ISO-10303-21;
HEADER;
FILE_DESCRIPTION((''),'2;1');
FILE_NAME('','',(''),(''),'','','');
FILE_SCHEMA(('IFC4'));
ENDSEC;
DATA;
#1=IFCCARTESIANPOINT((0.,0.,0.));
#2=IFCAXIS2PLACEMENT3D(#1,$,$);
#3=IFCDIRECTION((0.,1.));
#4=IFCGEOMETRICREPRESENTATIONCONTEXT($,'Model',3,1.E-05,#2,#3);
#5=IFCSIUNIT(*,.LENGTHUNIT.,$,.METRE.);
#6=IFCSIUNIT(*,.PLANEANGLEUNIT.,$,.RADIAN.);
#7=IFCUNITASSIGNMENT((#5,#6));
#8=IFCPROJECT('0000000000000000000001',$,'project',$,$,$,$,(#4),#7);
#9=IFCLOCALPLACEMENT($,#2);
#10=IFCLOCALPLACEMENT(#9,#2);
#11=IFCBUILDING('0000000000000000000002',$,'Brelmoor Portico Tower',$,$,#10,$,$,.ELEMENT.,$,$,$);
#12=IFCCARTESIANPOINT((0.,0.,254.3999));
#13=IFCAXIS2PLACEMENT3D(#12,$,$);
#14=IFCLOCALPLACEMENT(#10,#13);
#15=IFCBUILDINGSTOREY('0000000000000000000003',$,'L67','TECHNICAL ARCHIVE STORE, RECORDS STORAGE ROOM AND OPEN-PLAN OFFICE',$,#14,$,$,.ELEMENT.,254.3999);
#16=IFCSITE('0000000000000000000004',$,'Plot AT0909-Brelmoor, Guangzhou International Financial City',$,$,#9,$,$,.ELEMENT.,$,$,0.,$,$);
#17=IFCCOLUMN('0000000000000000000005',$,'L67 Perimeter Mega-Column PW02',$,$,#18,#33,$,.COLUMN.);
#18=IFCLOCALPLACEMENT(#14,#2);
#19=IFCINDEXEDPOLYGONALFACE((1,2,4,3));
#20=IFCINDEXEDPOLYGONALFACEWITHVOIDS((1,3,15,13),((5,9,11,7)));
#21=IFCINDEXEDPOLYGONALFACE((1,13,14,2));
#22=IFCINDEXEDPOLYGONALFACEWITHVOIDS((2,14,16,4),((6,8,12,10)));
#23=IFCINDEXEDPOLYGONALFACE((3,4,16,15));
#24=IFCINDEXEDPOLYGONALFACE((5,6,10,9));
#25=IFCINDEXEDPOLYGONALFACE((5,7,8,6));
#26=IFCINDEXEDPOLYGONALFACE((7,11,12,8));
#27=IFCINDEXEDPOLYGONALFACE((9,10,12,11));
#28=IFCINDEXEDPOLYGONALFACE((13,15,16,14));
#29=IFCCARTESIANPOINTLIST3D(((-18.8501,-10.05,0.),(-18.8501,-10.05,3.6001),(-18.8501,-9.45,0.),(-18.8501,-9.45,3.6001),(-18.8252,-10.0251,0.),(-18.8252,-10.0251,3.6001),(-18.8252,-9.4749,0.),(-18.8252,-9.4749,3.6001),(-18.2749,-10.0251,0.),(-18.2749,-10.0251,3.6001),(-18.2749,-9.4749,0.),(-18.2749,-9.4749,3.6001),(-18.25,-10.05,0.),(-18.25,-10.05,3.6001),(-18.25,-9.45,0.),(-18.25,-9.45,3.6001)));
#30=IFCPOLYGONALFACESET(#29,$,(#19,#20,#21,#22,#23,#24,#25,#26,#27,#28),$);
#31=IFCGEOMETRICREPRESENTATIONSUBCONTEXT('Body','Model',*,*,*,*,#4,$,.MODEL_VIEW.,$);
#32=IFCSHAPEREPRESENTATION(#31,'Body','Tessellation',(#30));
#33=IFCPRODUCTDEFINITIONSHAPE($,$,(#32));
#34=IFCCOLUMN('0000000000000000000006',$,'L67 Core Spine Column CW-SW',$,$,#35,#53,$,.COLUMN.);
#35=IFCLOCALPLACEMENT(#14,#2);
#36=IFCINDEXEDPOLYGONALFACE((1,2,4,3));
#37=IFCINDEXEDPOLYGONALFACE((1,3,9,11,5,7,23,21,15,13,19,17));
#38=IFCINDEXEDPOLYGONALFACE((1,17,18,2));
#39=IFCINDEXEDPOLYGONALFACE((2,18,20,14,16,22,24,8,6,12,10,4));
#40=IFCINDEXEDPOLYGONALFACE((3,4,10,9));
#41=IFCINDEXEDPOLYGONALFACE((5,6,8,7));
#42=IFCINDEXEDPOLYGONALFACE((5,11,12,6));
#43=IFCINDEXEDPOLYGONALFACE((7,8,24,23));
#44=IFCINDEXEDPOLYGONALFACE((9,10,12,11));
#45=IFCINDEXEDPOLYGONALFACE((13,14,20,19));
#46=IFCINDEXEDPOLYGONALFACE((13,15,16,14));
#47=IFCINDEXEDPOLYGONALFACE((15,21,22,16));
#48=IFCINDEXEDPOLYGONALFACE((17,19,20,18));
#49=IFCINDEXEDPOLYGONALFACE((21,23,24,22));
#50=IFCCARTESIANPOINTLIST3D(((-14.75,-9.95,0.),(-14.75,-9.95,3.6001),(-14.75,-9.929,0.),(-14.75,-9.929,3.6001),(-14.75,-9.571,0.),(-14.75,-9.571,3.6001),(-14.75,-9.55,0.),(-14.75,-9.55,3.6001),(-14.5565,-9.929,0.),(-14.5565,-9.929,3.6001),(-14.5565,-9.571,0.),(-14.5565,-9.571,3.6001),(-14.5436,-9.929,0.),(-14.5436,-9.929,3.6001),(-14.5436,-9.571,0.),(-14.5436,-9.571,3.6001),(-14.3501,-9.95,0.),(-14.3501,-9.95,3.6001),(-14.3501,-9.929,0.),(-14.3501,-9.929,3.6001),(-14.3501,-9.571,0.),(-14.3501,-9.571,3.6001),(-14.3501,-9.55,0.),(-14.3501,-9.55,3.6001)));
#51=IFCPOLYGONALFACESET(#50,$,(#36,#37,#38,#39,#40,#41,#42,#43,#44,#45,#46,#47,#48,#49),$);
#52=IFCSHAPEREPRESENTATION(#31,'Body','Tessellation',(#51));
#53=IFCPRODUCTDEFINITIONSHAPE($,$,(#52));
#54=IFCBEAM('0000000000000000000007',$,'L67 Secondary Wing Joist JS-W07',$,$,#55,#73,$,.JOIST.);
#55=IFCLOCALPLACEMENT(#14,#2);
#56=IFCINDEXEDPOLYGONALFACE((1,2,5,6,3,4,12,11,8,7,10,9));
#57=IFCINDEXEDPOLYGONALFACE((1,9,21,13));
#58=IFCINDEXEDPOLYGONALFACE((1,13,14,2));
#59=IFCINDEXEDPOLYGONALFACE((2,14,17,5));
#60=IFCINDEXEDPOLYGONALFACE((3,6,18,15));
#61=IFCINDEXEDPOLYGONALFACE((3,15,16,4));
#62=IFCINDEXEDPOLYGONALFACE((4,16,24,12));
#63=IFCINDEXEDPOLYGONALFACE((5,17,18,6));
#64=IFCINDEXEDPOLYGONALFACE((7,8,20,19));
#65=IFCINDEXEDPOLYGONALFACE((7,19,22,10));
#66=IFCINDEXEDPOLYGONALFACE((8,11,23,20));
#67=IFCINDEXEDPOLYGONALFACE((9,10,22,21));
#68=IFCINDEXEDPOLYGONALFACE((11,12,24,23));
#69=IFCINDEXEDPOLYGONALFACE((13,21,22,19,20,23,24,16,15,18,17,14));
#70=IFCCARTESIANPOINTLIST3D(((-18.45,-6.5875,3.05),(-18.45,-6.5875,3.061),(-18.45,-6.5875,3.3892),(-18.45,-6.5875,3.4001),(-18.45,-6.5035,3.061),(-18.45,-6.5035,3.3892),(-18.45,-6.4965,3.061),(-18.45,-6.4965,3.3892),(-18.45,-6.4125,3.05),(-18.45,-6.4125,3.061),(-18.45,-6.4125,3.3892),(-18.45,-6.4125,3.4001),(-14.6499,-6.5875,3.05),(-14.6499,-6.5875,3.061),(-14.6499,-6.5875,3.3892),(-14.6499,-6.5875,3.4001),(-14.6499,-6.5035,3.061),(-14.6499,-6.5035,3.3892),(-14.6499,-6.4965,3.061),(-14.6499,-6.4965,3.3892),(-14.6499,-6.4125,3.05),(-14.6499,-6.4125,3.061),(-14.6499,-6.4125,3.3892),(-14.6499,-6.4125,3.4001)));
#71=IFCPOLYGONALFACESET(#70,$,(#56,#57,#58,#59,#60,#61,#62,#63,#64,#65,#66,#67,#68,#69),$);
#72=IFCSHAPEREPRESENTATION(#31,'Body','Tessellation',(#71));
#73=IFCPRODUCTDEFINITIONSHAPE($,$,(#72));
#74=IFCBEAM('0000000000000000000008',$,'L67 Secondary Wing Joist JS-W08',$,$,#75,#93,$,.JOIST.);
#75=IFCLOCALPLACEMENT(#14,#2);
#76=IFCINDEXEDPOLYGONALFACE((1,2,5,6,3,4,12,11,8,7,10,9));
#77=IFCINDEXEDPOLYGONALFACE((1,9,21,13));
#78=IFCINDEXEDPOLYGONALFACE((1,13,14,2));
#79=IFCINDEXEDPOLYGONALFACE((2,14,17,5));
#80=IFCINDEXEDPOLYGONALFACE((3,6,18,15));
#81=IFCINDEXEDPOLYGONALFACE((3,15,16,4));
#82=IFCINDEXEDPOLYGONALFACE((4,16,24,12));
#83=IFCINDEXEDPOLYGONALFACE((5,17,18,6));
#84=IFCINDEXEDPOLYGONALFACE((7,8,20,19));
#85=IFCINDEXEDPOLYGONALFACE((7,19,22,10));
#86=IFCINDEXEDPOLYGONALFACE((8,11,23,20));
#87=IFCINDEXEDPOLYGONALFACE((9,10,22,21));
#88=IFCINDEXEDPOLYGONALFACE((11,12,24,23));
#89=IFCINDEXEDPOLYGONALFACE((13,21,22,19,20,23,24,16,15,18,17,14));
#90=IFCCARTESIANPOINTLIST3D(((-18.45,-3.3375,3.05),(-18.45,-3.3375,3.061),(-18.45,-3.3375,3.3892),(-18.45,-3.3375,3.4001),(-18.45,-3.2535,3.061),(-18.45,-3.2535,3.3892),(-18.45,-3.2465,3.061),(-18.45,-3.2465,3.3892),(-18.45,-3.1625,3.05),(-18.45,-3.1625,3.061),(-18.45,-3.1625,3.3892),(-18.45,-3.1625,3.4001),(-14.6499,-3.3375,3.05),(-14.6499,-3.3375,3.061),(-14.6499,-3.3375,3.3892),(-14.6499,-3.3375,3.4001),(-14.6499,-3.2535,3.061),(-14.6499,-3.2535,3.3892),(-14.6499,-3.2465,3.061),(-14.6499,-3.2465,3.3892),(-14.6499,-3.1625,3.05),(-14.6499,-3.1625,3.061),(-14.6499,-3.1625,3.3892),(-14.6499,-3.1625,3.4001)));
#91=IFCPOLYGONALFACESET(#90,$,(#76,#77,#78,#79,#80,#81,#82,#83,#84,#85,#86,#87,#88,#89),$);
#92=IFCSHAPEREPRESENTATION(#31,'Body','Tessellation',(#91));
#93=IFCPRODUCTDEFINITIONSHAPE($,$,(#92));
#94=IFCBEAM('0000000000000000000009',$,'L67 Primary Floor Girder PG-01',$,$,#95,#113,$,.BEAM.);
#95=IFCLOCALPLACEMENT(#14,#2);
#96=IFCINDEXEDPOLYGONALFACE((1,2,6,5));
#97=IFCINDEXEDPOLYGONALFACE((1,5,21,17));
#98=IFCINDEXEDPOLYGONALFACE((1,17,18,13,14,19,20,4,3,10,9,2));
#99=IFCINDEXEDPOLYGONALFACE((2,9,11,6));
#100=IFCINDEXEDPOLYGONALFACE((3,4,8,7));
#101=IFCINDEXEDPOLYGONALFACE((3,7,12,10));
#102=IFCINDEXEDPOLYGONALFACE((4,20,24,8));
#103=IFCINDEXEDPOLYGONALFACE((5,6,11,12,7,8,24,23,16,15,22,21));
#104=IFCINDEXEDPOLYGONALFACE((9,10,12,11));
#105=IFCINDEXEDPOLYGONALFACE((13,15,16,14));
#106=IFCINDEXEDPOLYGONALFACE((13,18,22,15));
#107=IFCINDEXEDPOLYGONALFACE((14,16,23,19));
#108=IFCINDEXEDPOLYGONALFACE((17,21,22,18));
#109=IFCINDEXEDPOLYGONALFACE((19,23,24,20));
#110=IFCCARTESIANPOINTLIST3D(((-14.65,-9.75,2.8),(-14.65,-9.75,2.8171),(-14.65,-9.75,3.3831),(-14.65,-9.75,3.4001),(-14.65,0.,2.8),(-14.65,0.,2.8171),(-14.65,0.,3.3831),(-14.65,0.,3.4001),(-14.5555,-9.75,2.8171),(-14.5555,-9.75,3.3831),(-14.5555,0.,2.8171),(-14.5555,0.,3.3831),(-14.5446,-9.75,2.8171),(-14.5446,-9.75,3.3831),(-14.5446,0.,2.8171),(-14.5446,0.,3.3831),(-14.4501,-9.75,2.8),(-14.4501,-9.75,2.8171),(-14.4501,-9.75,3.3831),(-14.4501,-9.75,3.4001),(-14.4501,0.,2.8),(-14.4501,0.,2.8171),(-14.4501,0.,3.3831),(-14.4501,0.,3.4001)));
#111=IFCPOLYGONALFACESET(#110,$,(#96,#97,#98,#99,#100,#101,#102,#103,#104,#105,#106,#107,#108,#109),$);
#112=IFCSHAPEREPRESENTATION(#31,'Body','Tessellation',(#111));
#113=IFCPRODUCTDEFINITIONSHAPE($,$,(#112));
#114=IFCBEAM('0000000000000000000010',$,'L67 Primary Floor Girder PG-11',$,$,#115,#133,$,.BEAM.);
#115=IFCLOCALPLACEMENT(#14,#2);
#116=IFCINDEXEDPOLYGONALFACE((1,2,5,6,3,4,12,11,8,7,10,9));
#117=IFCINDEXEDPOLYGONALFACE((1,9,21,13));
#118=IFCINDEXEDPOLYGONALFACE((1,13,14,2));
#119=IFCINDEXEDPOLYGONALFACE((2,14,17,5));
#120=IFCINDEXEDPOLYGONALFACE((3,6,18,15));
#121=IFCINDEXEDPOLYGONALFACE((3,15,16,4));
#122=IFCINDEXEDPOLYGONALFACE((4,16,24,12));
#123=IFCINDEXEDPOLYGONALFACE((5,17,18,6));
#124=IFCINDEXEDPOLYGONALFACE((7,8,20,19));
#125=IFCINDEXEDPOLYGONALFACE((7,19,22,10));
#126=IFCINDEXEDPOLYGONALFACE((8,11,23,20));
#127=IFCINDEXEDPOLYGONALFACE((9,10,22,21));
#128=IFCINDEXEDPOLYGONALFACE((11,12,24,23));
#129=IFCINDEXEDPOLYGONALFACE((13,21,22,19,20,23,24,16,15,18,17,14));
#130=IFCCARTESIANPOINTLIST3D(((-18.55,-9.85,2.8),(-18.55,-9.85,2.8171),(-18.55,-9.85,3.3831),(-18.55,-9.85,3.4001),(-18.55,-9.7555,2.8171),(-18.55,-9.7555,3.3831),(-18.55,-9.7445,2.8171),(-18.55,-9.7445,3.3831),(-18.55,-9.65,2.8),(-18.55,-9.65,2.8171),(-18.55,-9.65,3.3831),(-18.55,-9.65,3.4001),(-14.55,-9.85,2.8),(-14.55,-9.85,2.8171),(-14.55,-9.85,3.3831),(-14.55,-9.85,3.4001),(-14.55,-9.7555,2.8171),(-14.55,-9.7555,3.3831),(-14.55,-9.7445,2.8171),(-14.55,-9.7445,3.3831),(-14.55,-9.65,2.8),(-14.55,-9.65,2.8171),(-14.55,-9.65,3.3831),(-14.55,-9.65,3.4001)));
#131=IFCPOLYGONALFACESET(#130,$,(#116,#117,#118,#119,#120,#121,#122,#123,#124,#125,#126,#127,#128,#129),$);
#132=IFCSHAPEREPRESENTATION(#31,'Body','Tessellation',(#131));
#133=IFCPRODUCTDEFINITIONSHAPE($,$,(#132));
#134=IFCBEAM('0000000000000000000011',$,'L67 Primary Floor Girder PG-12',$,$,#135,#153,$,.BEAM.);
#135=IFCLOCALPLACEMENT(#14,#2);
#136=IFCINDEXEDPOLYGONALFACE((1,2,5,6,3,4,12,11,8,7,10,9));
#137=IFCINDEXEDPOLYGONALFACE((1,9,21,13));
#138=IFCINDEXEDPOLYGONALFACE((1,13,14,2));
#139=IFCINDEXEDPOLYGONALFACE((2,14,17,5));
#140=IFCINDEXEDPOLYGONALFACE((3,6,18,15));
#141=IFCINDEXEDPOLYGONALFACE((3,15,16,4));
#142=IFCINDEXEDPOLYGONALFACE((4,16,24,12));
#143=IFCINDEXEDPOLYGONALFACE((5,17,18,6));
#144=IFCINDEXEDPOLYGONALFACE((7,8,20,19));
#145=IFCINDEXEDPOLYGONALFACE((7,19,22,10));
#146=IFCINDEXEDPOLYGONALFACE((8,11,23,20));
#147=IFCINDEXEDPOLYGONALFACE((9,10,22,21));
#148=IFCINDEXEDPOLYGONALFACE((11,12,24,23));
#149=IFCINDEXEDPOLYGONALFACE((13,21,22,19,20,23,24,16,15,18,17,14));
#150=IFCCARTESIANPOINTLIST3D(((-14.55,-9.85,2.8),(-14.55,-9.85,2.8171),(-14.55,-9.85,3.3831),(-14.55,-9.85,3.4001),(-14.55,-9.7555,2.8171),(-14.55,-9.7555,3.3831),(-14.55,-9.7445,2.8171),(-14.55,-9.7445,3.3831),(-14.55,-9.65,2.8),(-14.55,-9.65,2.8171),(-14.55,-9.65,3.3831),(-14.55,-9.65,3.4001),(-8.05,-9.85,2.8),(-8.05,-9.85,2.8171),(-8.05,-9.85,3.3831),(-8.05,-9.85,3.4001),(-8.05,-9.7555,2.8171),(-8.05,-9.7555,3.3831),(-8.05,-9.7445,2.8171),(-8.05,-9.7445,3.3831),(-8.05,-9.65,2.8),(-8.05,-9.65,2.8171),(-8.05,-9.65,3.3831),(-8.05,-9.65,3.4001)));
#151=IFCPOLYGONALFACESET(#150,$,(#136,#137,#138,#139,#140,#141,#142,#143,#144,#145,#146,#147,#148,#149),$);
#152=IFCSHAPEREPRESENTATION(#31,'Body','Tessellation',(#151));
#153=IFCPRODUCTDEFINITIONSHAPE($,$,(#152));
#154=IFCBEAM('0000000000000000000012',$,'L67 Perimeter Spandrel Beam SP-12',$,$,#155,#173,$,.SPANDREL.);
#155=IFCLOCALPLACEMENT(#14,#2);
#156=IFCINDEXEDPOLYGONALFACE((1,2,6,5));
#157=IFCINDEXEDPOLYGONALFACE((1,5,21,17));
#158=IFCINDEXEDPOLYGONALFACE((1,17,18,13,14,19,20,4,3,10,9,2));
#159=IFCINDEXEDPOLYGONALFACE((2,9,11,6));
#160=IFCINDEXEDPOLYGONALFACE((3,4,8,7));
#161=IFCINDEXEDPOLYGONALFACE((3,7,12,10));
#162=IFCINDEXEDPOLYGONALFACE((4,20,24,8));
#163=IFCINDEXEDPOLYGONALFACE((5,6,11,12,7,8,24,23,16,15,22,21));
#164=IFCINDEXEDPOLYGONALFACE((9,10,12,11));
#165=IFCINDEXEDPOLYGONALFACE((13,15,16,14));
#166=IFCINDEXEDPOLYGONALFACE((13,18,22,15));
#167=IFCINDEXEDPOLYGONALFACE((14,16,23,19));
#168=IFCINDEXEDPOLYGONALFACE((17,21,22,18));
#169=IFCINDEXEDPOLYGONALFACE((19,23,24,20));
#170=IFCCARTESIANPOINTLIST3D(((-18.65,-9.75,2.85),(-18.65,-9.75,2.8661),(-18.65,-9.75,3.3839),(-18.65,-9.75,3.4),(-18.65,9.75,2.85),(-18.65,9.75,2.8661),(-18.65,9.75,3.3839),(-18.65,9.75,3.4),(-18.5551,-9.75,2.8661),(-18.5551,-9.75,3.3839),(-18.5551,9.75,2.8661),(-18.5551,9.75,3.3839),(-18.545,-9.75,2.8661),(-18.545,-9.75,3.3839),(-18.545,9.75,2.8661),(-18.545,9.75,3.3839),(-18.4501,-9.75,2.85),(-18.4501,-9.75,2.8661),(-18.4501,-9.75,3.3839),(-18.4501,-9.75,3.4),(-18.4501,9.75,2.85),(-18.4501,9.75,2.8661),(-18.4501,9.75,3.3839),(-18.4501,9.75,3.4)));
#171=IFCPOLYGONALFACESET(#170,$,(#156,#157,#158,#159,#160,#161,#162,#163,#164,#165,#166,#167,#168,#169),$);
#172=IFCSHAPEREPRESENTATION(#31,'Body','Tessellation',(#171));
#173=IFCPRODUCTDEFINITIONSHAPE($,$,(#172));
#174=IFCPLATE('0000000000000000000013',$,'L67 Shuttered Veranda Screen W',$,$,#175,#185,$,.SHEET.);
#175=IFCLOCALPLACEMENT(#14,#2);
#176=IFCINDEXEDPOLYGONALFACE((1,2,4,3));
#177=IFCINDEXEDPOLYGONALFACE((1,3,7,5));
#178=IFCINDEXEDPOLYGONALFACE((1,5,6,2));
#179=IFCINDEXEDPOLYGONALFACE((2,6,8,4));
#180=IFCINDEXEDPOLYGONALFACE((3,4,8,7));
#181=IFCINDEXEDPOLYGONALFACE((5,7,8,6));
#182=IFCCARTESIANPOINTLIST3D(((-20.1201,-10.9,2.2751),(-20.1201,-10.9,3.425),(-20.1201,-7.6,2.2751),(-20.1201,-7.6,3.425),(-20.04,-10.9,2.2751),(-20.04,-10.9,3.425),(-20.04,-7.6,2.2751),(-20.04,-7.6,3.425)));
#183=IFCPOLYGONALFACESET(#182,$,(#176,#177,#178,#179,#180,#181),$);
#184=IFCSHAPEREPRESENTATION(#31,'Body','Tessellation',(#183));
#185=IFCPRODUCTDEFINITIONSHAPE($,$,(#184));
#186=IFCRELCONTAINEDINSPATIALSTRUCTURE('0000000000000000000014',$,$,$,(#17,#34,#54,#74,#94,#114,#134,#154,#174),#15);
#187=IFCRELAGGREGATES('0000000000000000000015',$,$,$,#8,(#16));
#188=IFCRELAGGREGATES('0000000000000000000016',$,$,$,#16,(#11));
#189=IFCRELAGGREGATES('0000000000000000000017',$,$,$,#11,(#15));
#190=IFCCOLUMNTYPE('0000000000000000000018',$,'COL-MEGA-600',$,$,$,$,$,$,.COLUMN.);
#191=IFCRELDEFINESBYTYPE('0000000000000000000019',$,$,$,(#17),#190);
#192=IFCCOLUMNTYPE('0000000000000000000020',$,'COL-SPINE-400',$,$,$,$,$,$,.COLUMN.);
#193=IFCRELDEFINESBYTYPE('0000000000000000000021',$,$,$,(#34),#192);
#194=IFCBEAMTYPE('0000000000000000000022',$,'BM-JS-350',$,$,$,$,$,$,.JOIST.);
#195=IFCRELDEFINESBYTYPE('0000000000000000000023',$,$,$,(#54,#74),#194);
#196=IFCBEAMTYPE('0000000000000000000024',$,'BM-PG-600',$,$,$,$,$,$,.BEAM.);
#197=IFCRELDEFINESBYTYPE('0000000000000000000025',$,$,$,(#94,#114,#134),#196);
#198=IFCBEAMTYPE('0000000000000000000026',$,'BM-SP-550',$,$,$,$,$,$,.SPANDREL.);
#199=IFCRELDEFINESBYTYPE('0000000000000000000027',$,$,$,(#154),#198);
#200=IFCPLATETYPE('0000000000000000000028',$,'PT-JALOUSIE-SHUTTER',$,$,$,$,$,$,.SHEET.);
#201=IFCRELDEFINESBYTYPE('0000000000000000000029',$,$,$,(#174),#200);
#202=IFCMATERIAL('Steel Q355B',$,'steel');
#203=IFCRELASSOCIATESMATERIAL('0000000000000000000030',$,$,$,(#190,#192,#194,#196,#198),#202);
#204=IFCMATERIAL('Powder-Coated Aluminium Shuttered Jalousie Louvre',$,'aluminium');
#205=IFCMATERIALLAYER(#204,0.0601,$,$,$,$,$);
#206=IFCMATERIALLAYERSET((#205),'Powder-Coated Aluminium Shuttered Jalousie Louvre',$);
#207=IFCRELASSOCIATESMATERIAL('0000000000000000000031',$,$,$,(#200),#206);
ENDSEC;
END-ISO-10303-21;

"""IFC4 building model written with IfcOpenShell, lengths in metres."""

from ifc_helpers import new_model, si_unit, direction, frame, origin, origin_2d, place, context, subcontext, project, spatial, rectangle, hollow_rectangle, i_section, extrude, material, layer, layer_set, material_profile, profile_set, type_object, element, save


model = new_model("IFC4")

# Units and contexts
model_context = context("Model", 3, precision=1e-05, world=origin(), true_north=direction((0.0, 1.0)))
body_context = subcontext(model_context, "Body", "Model", "MODEL_VIEW")
ifc_project = project(units=[si_unit("LENGTHUNIT", "METRE"), si_unit("PLANEANGLEUNIT", "RADIAN")], contexts=[model_context])

# Site, building, storey
site_placement = place(None, origin())
site = spatial("IfcSite", under=ifc_project, at=site_placement, Name="Plot AT0909-Brelmoor, Guangzhou International Financial City", CompositionType="ELEMENT", RefElevation=0.0)
building_placement = place(site_placement, origin())
building = spatial("IfcBuilding", under=site, at=building_placement, Name="Brelmoor Portico Tower", CompositionType="ELEMENT")
storey_placement = place(building_placement, frame((0.0, 0.0, 254.3999)))
storey = spatial("IfcBuildingStorey", under=building, at=storey_placement, Name="L67", Description="TECHNICAL ARCHIVE STORE, RECORDS STORAGE ROOM AND OPEN-PLAN OFFICE", CompositionType="ELEMENT", Elevation=254.3999)

# Columns
ifc_material_1 = material(Name="Steel Q355B", Category="steel")
ifc_material_profile_1 = material_profile(ifc_material_1, hollow_rectangle(XDim=0.6001, YDim=0.6001, WallThickness=0.0249, at=origin_2d()), Name="BOX 600x600x25")
ifc_profile_set_1 = profile_set([ifc_material_profile_1], Name="Steel Q355B")
column_type_1 = type_object("IfcColumnType", Name="COL-MEGA-600", PredefinedType="COLUMN", material=ifc_profile_set_1)
column_1_placement = place(storey_placement, frame((-18.55, -9.75, 0.0), z_axis=(0.0, 0.0, 1.0), x_axis=(0.0, 1.0, 0.0)))
element("IfcColumn", 1, at=column_1_placement, inside=storey, type_object=column_type_1, Name="L67 Perimeter Mega-Column PW02", PredefinedType="COLUMN", context=body_context, shape_type="SweptSolid", body=[
    extrude(hollow_rectangle(XDim=0.6001, YDim=0.6001, WallThickness=0.0249, at=origin_2d()), origin(), (0.0, 0.0, 1.0), 3.6001),
])
ifc_material_profile_2 = material_profile(ifc_material_1, i_section(OverallWidth=0.3999, OverallDepth=0.3999, WebThickness=0.0129, FlangeThickness=0.021, at=origin_2d()), Name="HW 400x400x13x21")
ifc_profile_set_2 = profile_set([ifc_material_profile_2], Name="Steel Q355B")
column_type_2 = type_object("IfcColumnType", Name="COL-SPINE-400", PredefinedType="COLUMN", material=ifc_profile_set_2)
column_2_placement = place(storey_placement, frame((-14.55, -9.75, 0.0), z_axis=(0.0, 0.0, 1.0), x_axis=(1.0, 0.0, 0.0)))
element("IfcColumn", 2, at=column_2_placement, inside=storey, type_object=column_type_2, Name="L67 Core Spine Column CW-SW", PredefinedType="COLUMN", context=body_context, shape_type="SweptSolid", body=[
    extrude(i_section(OverallWidth=0.3999, OverallDepth=0.3999, WebThickness=0.0129, FlangeThickness=0.021, at=origin_2d()), origin(), (0.0, 0.0, 1.0), 3.6001),
])

# Beams
ifc_material_profile_3 = material_profile(ifc_material_1, i_section(OverallWidth=0.175, OverallDepth=0.3501, WebThickness=0.0071, FlangeThickness=0.011, at=origin_2d()), Name="HN 350x175x7x11")
ifc_profile_set_3 = profile_set([ifc_material_profile_3], Name="Steel Q355B")
beam_type_1 = type_object("IfcBeamType", Name="BM-JS-350", PredefinedType="JOIST", material=ifc_profile_set_3)
for number, where, z_axis, x_axis, name in (
    (3, (-18.45, -6.5, 3.2251), (1.0, 0.0, 0.0), (0.0, 1.0, 0.0), "L67 Secondary Wing Joist JS-W07"),
    (4, (-18.45, -3.25, 3.2251), (1.0, 0.0, 0.0), (0.0, 1.0, 0.0), "L67 Secondary Wing Joist JS-W08"),
):
    element("IfcBeam", number, at=place(storey_placement, frame(where, z_axis=z_axis, x_axis=x_axis)), inside=storey, type_object=beam_type_1, Name=name, PredefinedType="JOIST", context=body_context, shape_type="SweptSolid", body=[
        extrude(i_section(OverallWidth=0.175, OverallDepth=0.3501, WebThickness=0.0071, FlangeThickness=0.011, at=origin_2d()), origin(), (0.0, 0.0, 1.0), 3.8),
    ])
ifc_material_profile_4 = material_profile(ifc_material_1, i_section(OverallWidth=0.2, OverallDepth=0.6001, WebThickness=0.011, FlangeThickness=0.0171, at=origin_2d()), Name="HN 600x200x11x17")
ifc_profile_set_4 = profile_set([ifc_material_profile_4], Name="Steel Q355B")
beam_type_2 = type_object("IfcBeamType", Name="BM-PG-600", PredefinedType="BEAM", material=ifc_profile_set_4)
beam_1_placement = place(storey_placement, frame((-14.55, -9.75, 3.1001), z_axis=(0.0, 1.0, 0.0), x_axis=(-1.0, 0.0, 0.0)))
element("IfcBeam", 5, at=beam_1_placement, inside=storey, type_object=beam_type_2, Name="L67 Primary Floor Girder PG-01", PredefinedType="BEAM", context=body_context, shape_type="SweptSolid", body=[
    extrude(i_section(OverallWidth=0.2, OverallDepth=0.6001, WebThickness=0.011, FlangeThickness=0.0171, at=origin_2d()), origin(), (0.0, 0.0, 1.0), 9.75),
])
beam_2_placement = place(storey_placement, frame((-18.55, -9.75, 3.1001), z_axis=(1.0, 0.0, 0.0), x_axis=(0.0, 1.0, 0.0)))
element("IfcBeam", 6, at=beam_2_placement, inside=storey, type_object=beam_type_2, Name="L67 Primary Floor Girder PG-11", PredefinedType="BEAM", context=body_context, shape_type="SweptSolid", body=[
    extrude(i_section(OverallWidth=0.2, OverallDepth=0.6001, WebThickness=0.011, FlangeThickness=0.0171, at=origin_2d()), origin(), (0.0, 0.0, 1.0), 4.0),
])
beam_3_placement = place(storey_placement, frame((-14.55, -9.75, 3.1001), z_axis=(1.0, 0.0, 0.0), x_axis=(0.0, 1.0, 0.0)))
element("IfcBeam", 7, at=beam_3_placement, inside=storey, type_object=beam_type_2, Name="L67 Primary Floor Girder PG-12", PredefinedType="BEAM", context=body_context, shape_type="SweptSolid", body=[
    extrude(i_section(OverallWidth=0.2, OverallDepth=0.6001, WebThickness=0.011, FlangeThickness=0.0171, at=origin_2d()), origin(), (0.0, 0.0, 1.0), 6.5),
])
ifc_material_profile_5 = material_profile(ifc_material_1, i_section(OverallWidth=0.2, OverallDepth=0.55, WebThickness=0.01, FlangeThickness=0.0161, at=origin_2d()), Name="HN 550x200x10x16")
ifc_profile_set_5 = profile_set([ifc_material_profile_5], Name="Steel Q355B")
beam_type_3 = type_object("IfcBeamType", Name="BM-SP-550", PredefinedType="SPANDREL", material=ifc_profile_set_5)
beam_4_placement = place(storey_placement, frame((-18.55, -9.75, 3.125), z_axis=(0.0, 1.0, 0.0), x_axis=(-1.0, 0.0, 0.0)))
element("IfcBeam", 8, at=beam_4_placement, inside=storey, type_object=beam_type_3, Name="L67 Perimeter Spandrel Beam SP-12", PredefinedType="SPANDREL", context=body_context, shape_type="SweptSolid", body=[
    extrude(i_section(OverallWidth=0.2, OverallDepth=0.55, WebThickness=0.01, FlangeThickness=0.0161, at=origin_2d()), origin(), (0.0, 0.0, 1.0), 19.5),
])

# Plate
ifc_material_2 = material(Name="Powder-Coated Aluminium Shuttered Jalousie Louvre", Category="aluminium")
ifc_layer_1 = layer(ifc_material_2, 0.0601)
ifc_layer_set_1 = layer_set([ifc_layer_1], Name="Powder-Coated Aluminium Shuttered Jalousie Louvre")
plate_type = type_object("IfcPlateType", Name="PT-JALOUSIE-SHUTTER", PredefinedType="SHEET", material=ifc_layer_set_1)
plate_placement = place(storey_placement, frame((-20.0801, -9.25, 2.2751), z_axis=(0.0, 0.0, 1.0), x_axis=(0.0, 1.0, 0.0)))
element("IfcPlate", 9, at=plate_placement, inside=storey, type_object=plate_type, Name="L67 Shuttered Veranda Screen W", PredefinedType="SHEET", context=body_context, shape_type="SweptSolid", body=[
    extrude(rectangle(XDim=3.3, YDim=0.0801, at=origin_2d()), origin(), (0.0, 0.0, 1.0), 1.1499),
])

save(model, "model.ifc")
